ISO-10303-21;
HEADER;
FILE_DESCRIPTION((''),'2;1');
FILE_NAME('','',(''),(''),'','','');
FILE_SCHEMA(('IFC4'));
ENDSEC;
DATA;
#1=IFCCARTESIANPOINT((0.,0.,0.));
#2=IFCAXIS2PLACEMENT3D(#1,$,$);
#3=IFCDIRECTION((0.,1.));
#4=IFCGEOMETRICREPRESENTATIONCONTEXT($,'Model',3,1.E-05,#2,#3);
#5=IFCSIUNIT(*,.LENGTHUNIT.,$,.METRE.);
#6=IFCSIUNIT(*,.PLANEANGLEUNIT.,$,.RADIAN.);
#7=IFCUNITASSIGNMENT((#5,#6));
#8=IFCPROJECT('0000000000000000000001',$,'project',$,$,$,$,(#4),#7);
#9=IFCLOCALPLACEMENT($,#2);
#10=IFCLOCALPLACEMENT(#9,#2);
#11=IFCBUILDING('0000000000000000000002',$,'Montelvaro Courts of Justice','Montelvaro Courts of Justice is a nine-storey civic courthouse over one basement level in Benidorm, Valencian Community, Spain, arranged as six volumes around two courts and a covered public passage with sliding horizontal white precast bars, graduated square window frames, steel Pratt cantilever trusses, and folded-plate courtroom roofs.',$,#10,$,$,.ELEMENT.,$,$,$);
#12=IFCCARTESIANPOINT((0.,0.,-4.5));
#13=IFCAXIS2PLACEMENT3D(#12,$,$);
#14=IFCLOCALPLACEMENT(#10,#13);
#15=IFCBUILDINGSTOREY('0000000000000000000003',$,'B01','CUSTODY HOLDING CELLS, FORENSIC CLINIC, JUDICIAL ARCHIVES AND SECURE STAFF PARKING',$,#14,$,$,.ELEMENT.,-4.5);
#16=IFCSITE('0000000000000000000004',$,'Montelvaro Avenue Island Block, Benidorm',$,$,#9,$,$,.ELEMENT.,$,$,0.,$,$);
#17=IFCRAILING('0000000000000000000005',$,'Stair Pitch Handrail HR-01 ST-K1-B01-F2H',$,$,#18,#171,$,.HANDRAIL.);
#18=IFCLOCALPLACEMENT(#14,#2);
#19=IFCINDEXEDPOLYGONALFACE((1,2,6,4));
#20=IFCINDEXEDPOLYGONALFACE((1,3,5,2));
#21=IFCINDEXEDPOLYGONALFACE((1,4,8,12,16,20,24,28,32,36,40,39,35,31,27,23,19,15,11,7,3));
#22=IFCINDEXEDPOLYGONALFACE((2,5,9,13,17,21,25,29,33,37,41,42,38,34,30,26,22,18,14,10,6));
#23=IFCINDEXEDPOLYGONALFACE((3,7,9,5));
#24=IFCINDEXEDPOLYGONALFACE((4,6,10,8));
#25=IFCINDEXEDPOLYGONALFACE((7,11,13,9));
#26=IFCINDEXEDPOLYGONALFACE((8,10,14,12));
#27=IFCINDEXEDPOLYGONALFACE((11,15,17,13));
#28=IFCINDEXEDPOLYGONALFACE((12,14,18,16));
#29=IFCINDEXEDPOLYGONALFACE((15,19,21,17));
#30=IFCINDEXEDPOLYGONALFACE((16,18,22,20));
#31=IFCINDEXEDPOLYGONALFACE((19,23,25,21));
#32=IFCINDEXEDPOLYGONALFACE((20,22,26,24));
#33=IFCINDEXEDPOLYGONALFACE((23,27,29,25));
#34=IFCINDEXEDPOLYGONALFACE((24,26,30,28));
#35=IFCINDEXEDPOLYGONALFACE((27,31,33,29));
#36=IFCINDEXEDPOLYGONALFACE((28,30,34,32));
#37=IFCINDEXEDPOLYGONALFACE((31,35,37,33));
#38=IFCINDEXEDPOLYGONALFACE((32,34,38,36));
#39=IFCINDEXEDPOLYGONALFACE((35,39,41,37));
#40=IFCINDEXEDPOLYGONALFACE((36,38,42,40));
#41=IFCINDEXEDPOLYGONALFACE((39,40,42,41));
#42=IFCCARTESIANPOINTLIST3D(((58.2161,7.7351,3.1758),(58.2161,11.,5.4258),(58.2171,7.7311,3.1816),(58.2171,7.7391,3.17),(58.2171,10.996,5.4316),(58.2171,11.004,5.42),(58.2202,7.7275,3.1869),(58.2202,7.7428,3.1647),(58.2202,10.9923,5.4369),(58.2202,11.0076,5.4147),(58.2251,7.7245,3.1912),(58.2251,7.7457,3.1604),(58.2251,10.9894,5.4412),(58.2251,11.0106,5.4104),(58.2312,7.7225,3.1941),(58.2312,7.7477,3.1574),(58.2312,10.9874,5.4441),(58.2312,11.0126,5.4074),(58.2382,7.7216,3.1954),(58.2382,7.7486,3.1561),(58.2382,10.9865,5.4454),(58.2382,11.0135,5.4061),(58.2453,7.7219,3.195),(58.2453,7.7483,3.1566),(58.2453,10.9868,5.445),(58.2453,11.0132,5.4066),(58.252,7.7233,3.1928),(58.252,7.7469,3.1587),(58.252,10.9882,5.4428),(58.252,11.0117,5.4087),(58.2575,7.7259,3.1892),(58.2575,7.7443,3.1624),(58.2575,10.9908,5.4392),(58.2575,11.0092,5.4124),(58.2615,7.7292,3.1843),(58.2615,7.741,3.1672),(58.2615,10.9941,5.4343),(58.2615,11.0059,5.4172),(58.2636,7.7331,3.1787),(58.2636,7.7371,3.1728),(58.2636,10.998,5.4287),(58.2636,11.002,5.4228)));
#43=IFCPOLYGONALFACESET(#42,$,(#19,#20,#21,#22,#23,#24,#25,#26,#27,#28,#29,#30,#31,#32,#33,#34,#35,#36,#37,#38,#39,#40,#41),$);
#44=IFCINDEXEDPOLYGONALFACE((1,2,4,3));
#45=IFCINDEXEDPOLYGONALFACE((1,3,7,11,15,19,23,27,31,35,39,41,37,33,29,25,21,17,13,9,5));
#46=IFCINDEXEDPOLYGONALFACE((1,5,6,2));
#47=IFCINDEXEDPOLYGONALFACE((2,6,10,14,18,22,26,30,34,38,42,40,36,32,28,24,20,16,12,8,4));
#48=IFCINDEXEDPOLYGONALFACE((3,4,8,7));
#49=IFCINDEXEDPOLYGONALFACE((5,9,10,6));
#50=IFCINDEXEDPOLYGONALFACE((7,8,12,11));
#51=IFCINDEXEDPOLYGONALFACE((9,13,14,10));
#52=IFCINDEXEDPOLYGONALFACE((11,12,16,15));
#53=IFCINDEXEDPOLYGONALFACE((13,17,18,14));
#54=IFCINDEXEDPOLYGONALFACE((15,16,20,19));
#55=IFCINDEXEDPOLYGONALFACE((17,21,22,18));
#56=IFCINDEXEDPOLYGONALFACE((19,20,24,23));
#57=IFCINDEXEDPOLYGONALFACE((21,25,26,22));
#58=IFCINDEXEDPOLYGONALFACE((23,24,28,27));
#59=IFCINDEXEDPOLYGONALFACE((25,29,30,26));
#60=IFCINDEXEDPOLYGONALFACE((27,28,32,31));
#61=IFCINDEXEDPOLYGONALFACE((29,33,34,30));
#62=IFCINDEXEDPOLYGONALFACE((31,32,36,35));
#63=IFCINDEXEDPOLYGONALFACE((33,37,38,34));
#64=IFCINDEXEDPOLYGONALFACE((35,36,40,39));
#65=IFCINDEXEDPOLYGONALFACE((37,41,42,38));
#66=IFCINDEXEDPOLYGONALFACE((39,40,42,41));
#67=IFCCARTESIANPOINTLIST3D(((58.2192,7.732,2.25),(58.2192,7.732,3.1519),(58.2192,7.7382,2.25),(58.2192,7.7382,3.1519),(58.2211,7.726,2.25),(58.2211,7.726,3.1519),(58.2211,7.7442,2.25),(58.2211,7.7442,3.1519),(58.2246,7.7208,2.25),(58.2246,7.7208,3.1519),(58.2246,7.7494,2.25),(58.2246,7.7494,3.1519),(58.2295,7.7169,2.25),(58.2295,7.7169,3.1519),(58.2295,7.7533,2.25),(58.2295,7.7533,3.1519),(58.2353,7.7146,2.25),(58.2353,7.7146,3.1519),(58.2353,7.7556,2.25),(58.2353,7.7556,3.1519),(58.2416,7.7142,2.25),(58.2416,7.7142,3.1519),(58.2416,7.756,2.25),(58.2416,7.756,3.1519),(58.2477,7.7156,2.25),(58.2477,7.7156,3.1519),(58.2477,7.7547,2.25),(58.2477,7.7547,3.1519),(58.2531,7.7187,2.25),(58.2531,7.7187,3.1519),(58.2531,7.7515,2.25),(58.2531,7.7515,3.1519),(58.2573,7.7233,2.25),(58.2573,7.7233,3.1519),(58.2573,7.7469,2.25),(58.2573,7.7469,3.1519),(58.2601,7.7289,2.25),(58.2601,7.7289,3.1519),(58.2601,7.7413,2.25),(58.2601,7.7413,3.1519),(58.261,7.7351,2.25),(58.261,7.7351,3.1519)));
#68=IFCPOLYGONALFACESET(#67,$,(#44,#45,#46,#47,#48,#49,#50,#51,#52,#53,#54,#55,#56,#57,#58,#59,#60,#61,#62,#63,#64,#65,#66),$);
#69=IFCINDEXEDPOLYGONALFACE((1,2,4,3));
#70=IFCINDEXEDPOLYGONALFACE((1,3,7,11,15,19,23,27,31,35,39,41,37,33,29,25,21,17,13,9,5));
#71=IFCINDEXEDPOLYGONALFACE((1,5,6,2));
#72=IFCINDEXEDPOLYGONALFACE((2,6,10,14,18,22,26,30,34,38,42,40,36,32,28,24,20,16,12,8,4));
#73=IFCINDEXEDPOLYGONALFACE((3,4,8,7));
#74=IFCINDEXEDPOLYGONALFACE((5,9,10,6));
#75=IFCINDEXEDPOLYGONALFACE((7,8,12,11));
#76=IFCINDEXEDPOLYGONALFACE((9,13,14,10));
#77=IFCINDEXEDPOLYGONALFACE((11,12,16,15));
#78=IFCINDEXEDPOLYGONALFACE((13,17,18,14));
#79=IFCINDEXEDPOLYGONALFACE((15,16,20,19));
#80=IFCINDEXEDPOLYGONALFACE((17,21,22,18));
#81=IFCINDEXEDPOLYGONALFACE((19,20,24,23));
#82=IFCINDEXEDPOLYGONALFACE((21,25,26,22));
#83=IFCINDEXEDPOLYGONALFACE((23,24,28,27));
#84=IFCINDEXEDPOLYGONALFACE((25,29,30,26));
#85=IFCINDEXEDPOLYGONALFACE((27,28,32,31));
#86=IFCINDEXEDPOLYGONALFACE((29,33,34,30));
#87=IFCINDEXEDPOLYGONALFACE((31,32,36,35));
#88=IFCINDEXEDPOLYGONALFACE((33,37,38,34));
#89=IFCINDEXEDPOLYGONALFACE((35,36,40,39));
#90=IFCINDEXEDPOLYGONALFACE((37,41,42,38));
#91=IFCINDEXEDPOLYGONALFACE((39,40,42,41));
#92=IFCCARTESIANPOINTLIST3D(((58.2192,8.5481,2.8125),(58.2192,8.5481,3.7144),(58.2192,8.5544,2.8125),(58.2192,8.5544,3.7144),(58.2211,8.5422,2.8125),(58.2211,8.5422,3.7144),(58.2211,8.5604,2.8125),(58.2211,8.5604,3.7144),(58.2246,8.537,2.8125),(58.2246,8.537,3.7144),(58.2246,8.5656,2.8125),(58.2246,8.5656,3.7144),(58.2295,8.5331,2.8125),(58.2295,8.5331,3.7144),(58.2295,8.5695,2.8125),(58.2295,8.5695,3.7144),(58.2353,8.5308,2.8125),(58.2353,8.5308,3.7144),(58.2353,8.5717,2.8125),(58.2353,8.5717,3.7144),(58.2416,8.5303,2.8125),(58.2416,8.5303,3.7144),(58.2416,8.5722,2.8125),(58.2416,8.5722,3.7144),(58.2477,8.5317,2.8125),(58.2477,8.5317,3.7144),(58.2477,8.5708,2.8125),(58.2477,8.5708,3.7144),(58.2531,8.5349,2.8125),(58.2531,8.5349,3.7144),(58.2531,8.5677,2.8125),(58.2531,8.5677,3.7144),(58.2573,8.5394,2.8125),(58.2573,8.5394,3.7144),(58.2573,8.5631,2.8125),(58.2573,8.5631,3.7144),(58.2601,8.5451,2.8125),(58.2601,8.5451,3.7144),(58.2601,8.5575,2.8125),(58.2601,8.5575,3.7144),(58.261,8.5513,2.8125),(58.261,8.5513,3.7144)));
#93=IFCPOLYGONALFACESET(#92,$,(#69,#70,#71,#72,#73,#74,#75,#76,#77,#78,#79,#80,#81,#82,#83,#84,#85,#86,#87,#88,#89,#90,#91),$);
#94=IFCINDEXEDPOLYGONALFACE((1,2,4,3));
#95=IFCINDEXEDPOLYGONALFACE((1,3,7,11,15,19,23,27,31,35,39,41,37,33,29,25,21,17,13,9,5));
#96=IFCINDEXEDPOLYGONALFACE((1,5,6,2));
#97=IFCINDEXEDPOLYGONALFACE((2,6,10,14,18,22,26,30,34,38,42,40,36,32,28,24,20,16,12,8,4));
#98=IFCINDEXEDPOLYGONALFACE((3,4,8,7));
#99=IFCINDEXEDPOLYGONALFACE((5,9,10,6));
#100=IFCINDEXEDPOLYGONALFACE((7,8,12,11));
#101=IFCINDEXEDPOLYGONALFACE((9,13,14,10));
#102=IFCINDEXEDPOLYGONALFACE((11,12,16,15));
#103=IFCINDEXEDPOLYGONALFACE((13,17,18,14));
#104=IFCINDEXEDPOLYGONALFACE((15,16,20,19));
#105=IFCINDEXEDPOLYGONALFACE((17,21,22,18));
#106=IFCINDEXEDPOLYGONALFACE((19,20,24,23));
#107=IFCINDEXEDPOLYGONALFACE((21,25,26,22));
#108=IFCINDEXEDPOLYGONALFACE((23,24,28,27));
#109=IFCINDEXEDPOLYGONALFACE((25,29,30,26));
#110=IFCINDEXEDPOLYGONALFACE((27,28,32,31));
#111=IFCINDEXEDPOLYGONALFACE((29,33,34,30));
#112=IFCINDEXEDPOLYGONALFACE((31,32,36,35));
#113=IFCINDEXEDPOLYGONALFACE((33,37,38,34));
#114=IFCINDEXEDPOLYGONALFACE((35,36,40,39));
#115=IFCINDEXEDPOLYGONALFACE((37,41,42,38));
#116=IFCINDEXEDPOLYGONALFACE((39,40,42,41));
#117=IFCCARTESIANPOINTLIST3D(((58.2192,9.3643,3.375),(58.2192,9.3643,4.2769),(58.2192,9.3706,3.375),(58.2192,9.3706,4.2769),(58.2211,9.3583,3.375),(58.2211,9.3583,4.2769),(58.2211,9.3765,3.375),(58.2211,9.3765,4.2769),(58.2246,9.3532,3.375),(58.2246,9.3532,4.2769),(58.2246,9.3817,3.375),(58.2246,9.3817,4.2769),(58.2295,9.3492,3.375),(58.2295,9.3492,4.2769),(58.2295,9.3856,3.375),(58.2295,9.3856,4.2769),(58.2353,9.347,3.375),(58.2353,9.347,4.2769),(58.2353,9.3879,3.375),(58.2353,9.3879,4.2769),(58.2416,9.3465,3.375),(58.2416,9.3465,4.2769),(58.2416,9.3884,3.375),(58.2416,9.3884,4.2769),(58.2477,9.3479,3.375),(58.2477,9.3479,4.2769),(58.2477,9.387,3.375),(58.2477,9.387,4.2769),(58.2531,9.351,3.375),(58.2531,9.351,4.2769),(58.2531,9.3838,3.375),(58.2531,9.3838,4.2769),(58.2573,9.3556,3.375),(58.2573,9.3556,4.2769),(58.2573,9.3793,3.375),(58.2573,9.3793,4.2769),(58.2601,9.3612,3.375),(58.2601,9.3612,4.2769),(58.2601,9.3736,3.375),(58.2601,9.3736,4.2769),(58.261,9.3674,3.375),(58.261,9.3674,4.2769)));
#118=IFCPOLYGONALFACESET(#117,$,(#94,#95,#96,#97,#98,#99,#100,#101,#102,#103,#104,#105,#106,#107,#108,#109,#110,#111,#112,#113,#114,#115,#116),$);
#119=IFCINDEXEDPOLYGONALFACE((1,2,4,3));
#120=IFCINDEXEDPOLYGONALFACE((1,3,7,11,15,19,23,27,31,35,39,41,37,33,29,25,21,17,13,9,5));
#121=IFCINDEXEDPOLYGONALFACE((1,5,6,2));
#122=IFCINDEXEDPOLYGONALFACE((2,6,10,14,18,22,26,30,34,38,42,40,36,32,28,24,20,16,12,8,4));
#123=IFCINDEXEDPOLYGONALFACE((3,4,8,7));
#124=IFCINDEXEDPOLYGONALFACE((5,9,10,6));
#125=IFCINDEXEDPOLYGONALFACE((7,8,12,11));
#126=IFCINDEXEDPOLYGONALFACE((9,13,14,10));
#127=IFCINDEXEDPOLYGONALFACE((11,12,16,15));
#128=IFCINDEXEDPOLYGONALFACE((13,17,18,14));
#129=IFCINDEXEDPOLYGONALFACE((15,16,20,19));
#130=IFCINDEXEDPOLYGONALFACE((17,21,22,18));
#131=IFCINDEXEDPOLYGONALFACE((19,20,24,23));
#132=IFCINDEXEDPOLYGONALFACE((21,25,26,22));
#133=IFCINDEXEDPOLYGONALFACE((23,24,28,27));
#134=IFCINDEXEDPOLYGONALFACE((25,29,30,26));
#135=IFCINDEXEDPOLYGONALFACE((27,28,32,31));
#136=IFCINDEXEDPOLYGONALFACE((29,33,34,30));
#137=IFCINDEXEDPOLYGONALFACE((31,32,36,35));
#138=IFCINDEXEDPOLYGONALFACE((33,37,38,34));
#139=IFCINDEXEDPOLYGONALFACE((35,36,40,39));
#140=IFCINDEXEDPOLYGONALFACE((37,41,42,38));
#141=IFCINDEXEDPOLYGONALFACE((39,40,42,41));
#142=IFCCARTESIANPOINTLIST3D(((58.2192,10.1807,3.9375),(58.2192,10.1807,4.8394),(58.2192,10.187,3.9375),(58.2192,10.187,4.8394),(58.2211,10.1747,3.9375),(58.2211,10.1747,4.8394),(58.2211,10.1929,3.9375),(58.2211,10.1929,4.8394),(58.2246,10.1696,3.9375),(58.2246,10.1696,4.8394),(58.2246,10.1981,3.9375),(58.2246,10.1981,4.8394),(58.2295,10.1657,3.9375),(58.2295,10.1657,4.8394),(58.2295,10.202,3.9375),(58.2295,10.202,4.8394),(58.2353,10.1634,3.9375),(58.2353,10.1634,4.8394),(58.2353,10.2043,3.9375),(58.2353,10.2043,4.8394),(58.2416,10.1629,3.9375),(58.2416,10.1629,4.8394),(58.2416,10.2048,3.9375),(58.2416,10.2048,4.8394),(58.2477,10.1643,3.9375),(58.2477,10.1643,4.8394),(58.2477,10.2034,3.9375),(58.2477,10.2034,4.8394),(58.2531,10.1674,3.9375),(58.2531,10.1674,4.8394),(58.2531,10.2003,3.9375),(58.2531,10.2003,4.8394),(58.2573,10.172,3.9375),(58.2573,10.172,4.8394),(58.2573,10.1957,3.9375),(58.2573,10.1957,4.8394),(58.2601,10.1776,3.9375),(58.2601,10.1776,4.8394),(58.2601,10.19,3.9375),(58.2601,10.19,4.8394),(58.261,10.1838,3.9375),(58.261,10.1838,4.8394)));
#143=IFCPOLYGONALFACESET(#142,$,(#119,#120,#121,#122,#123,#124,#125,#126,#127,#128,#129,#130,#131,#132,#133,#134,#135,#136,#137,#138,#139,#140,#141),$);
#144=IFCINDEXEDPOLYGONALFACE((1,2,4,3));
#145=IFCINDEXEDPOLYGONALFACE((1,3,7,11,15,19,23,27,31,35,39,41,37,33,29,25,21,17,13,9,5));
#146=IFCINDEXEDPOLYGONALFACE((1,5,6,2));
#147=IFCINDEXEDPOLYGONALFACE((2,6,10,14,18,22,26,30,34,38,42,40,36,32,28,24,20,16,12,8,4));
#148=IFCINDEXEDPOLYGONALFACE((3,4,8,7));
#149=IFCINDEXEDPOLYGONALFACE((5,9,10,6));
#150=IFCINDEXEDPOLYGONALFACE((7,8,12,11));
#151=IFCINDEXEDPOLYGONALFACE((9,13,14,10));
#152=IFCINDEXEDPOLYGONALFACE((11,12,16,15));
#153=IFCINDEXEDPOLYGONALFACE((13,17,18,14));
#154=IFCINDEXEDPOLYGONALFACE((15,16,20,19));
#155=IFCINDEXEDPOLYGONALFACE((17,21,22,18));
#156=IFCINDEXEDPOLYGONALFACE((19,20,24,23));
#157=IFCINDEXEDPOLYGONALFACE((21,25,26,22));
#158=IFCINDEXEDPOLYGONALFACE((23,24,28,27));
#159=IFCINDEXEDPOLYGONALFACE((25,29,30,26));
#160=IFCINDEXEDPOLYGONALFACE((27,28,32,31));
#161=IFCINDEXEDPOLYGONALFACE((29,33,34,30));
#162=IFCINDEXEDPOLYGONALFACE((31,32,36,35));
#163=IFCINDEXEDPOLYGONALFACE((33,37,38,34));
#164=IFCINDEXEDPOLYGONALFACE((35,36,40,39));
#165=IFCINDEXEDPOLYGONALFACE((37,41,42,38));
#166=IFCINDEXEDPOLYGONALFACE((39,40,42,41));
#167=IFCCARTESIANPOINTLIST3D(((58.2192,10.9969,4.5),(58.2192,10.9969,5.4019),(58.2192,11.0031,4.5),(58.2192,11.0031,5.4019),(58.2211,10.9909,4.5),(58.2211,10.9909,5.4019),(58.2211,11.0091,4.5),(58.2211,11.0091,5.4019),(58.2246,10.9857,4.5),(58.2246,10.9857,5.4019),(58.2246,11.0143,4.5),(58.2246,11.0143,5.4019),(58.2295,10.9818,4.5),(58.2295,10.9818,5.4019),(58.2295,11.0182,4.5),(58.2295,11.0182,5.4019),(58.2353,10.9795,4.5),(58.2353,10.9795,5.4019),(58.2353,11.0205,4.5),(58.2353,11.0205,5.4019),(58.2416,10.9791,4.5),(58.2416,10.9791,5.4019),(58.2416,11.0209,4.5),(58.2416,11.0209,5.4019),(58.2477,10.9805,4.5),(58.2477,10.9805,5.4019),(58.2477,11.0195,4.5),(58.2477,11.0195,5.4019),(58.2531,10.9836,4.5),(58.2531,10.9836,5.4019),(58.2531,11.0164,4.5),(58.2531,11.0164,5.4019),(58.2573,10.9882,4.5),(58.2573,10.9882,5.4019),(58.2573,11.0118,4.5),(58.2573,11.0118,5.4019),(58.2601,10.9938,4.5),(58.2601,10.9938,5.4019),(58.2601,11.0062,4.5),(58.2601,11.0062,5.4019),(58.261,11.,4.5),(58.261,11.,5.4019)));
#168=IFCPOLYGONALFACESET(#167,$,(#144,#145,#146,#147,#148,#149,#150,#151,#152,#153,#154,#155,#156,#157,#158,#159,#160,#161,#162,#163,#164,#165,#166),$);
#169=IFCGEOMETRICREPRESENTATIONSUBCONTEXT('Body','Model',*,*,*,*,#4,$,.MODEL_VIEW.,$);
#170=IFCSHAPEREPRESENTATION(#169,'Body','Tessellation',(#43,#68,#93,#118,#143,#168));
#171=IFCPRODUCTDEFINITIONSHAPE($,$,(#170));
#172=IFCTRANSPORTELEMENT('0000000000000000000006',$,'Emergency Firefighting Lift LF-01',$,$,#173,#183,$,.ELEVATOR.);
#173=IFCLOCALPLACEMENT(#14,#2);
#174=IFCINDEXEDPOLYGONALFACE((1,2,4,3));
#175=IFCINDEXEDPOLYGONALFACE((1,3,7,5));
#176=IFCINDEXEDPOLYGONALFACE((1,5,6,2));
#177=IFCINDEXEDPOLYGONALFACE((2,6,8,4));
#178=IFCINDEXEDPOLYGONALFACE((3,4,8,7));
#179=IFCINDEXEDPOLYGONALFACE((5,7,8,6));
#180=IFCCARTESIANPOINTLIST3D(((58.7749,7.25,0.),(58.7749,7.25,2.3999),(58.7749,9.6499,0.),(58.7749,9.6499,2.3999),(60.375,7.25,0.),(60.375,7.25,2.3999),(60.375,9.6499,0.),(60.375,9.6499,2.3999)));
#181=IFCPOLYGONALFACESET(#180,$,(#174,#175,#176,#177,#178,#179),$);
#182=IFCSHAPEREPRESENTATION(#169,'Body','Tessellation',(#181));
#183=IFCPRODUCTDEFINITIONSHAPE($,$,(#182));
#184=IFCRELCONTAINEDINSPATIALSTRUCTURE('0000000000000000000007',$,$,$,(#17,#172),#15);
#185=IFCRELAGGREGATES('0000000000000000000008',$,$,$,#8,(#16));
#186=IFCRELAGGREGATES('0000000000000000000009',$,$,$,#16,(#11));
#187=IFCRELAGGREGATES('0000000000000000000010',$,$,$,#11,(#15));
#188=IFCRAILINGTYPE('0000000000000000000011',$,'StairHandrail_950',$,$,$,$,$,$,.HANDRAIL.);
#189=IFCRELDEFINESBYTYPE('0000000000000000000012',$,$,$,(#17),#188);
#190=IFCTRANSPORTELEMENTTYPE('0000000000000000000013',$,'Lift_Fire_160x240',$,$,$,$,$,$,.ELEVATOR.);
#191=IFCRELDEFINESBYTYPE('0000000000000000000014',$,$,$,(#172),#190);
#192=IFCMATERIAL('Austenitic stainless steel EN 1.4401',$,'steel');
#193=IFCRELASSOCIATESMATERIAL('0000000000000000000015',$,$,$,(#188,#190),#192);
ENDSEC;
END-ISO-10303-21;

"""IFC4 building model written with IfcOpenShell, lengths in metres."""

from ifc_helpers import new_model, si_unit, direction, frame, origin, origin_2d, place, context, subcontext, project, spatial, rectangle, circle, extrude, material, type_object, element, save


model = new_model("IFC4")

# Units and contexts
model_context = context("Model", 3, precision=1e-05, world=origin(), true_north=direction((0.0, 1.0)))
body_context = subcontext(model_context, "Body", "Model", "MODEL_VIEW")
ifc_project = project(units=[si_unit("LENGTHUNIT", "METRE"), si_unit("PLANEANGLEUNIT", "RADIAN")], contexts=[model_context])

# Site, building, storey
site_placement = place(None, origin())
site = spatial("IfcSite", under=ifc_project, at=site_placement, Name="Montelvaro Avenue Island Block, Benidorm", CompositionType="ELEMENT", RefElevation=0.0)
building_placement = place(site_placement, origin())
building = spatial("IfcBuilding", under=site, at=building_placement, Name="Montelvaro Courts of Justice", Description="Montelvaro Courts of Justice is a nine-storey civic courthouse over one basement level in Benidorm, Valencian Community, Spain, arranged as six volumes around two courts and a covered public passage with sliding horizontal white precast bars, graduated square window frames, steel Pratt cantilever trusses, and folded-plate courtroom roofs.", CompositionType="ELEMENT")
storey_placement = place(building_placement, frame((0.0, 0.0, -4.5)))
storey = spatial("IfcBuildingStorey", under=building, at=storey_placement, Name="B01", Description="CUSTODY HOLDING CELLS, FORENSIC CLINIC, JUDICIAL ARCHIVES AND SECURE STAFF PARKING", CompositionType="ELEMENT", Elevation=-4.5)

# Railing
ifc_material_1 = material(Name="Austenitic stainless steel EN 1.4401", Category="steel")
railing_type_1 = type_object("IfcRailingType", Name="StairHandrail_950", PredefinedType="HANDRAIL", material=ifc_material_1)
railing_1_placement = place(storey_placement, frame((58.24, 7.7351, 2.25)))
element("IfcRailing", 1, at=railing_1_placement, inside=storey, type_object=railing_type_1, Name="Stair Pitch Handrail HR-01 ST-K1-B01-F2H", PredefinedType="HANDRAIL", context=body_context, shape_type="SweptSolid", body=[
    extrude(circle(Radius=0.0239, at=origin_2d()), frame((0.0, 0.0, 0.9258), z_axis=(0.0, 0.823407, 0.567451), x_axis=(-1.0, 0.0, 0.0)), (0.0, 0.0, 1.0), 3.9651),
    extrude(circle(Radius=0.021, at=origin_2d()), origin(), (0.0, 0.0, 1.0), 0.9019),
    extrude(circle(Radius=0.021, at=origin_2d()), frame((0.0, 0.8162, 0.5625)), (0.0, 0.0, 1.0), 0.9019),
    extrude(circle(Radius=0.021, at=origin_2d()), frame((0.0, 1.6323, 1.125)), (0.0, 0.0, 1.0), 0.9019),
    extrude(circle(Radius=0.021, at=origin_2d()), frame((0.0, 2.4487, 1.6875)), (0.0, 0.0, 1.0), 0.9019),
    extrude(circle(Radius=0.021, at=origin_2d()), frame((0.0, 3.2649, 2.25)), (0.0, 0.0, 1.0), 0.9019),
])

# Transport element
transport_element_type = type_object("IfcTransportElementType", Name="Lift_Fire_160x240", PredefinedType="ELEVATOR", material=ifc_material_1)
transport_element_placement = place(storey_placement, frame((59.575, 8.45, 0.0), z_axis=(0.0, 0.0, 1.0), x_axis=(1.0, 0.0, 0.0)))
element("IfcTransportElement", 2, at=transport_element_placement, inside=storey, type_object=transport_element_type, Name="Emergency Firefighting Lift LF-01", PredefinedType="ELEVATOR", context=body_context, shape_type="SweptSolid", body=[
    extrude(rectangle(XDim=1.6001, YDim=2.3999, at=origin_2d()), origin(), (0.0, 0.0, 1.0), 2.3999),
])

save(model, "model.ifc")
